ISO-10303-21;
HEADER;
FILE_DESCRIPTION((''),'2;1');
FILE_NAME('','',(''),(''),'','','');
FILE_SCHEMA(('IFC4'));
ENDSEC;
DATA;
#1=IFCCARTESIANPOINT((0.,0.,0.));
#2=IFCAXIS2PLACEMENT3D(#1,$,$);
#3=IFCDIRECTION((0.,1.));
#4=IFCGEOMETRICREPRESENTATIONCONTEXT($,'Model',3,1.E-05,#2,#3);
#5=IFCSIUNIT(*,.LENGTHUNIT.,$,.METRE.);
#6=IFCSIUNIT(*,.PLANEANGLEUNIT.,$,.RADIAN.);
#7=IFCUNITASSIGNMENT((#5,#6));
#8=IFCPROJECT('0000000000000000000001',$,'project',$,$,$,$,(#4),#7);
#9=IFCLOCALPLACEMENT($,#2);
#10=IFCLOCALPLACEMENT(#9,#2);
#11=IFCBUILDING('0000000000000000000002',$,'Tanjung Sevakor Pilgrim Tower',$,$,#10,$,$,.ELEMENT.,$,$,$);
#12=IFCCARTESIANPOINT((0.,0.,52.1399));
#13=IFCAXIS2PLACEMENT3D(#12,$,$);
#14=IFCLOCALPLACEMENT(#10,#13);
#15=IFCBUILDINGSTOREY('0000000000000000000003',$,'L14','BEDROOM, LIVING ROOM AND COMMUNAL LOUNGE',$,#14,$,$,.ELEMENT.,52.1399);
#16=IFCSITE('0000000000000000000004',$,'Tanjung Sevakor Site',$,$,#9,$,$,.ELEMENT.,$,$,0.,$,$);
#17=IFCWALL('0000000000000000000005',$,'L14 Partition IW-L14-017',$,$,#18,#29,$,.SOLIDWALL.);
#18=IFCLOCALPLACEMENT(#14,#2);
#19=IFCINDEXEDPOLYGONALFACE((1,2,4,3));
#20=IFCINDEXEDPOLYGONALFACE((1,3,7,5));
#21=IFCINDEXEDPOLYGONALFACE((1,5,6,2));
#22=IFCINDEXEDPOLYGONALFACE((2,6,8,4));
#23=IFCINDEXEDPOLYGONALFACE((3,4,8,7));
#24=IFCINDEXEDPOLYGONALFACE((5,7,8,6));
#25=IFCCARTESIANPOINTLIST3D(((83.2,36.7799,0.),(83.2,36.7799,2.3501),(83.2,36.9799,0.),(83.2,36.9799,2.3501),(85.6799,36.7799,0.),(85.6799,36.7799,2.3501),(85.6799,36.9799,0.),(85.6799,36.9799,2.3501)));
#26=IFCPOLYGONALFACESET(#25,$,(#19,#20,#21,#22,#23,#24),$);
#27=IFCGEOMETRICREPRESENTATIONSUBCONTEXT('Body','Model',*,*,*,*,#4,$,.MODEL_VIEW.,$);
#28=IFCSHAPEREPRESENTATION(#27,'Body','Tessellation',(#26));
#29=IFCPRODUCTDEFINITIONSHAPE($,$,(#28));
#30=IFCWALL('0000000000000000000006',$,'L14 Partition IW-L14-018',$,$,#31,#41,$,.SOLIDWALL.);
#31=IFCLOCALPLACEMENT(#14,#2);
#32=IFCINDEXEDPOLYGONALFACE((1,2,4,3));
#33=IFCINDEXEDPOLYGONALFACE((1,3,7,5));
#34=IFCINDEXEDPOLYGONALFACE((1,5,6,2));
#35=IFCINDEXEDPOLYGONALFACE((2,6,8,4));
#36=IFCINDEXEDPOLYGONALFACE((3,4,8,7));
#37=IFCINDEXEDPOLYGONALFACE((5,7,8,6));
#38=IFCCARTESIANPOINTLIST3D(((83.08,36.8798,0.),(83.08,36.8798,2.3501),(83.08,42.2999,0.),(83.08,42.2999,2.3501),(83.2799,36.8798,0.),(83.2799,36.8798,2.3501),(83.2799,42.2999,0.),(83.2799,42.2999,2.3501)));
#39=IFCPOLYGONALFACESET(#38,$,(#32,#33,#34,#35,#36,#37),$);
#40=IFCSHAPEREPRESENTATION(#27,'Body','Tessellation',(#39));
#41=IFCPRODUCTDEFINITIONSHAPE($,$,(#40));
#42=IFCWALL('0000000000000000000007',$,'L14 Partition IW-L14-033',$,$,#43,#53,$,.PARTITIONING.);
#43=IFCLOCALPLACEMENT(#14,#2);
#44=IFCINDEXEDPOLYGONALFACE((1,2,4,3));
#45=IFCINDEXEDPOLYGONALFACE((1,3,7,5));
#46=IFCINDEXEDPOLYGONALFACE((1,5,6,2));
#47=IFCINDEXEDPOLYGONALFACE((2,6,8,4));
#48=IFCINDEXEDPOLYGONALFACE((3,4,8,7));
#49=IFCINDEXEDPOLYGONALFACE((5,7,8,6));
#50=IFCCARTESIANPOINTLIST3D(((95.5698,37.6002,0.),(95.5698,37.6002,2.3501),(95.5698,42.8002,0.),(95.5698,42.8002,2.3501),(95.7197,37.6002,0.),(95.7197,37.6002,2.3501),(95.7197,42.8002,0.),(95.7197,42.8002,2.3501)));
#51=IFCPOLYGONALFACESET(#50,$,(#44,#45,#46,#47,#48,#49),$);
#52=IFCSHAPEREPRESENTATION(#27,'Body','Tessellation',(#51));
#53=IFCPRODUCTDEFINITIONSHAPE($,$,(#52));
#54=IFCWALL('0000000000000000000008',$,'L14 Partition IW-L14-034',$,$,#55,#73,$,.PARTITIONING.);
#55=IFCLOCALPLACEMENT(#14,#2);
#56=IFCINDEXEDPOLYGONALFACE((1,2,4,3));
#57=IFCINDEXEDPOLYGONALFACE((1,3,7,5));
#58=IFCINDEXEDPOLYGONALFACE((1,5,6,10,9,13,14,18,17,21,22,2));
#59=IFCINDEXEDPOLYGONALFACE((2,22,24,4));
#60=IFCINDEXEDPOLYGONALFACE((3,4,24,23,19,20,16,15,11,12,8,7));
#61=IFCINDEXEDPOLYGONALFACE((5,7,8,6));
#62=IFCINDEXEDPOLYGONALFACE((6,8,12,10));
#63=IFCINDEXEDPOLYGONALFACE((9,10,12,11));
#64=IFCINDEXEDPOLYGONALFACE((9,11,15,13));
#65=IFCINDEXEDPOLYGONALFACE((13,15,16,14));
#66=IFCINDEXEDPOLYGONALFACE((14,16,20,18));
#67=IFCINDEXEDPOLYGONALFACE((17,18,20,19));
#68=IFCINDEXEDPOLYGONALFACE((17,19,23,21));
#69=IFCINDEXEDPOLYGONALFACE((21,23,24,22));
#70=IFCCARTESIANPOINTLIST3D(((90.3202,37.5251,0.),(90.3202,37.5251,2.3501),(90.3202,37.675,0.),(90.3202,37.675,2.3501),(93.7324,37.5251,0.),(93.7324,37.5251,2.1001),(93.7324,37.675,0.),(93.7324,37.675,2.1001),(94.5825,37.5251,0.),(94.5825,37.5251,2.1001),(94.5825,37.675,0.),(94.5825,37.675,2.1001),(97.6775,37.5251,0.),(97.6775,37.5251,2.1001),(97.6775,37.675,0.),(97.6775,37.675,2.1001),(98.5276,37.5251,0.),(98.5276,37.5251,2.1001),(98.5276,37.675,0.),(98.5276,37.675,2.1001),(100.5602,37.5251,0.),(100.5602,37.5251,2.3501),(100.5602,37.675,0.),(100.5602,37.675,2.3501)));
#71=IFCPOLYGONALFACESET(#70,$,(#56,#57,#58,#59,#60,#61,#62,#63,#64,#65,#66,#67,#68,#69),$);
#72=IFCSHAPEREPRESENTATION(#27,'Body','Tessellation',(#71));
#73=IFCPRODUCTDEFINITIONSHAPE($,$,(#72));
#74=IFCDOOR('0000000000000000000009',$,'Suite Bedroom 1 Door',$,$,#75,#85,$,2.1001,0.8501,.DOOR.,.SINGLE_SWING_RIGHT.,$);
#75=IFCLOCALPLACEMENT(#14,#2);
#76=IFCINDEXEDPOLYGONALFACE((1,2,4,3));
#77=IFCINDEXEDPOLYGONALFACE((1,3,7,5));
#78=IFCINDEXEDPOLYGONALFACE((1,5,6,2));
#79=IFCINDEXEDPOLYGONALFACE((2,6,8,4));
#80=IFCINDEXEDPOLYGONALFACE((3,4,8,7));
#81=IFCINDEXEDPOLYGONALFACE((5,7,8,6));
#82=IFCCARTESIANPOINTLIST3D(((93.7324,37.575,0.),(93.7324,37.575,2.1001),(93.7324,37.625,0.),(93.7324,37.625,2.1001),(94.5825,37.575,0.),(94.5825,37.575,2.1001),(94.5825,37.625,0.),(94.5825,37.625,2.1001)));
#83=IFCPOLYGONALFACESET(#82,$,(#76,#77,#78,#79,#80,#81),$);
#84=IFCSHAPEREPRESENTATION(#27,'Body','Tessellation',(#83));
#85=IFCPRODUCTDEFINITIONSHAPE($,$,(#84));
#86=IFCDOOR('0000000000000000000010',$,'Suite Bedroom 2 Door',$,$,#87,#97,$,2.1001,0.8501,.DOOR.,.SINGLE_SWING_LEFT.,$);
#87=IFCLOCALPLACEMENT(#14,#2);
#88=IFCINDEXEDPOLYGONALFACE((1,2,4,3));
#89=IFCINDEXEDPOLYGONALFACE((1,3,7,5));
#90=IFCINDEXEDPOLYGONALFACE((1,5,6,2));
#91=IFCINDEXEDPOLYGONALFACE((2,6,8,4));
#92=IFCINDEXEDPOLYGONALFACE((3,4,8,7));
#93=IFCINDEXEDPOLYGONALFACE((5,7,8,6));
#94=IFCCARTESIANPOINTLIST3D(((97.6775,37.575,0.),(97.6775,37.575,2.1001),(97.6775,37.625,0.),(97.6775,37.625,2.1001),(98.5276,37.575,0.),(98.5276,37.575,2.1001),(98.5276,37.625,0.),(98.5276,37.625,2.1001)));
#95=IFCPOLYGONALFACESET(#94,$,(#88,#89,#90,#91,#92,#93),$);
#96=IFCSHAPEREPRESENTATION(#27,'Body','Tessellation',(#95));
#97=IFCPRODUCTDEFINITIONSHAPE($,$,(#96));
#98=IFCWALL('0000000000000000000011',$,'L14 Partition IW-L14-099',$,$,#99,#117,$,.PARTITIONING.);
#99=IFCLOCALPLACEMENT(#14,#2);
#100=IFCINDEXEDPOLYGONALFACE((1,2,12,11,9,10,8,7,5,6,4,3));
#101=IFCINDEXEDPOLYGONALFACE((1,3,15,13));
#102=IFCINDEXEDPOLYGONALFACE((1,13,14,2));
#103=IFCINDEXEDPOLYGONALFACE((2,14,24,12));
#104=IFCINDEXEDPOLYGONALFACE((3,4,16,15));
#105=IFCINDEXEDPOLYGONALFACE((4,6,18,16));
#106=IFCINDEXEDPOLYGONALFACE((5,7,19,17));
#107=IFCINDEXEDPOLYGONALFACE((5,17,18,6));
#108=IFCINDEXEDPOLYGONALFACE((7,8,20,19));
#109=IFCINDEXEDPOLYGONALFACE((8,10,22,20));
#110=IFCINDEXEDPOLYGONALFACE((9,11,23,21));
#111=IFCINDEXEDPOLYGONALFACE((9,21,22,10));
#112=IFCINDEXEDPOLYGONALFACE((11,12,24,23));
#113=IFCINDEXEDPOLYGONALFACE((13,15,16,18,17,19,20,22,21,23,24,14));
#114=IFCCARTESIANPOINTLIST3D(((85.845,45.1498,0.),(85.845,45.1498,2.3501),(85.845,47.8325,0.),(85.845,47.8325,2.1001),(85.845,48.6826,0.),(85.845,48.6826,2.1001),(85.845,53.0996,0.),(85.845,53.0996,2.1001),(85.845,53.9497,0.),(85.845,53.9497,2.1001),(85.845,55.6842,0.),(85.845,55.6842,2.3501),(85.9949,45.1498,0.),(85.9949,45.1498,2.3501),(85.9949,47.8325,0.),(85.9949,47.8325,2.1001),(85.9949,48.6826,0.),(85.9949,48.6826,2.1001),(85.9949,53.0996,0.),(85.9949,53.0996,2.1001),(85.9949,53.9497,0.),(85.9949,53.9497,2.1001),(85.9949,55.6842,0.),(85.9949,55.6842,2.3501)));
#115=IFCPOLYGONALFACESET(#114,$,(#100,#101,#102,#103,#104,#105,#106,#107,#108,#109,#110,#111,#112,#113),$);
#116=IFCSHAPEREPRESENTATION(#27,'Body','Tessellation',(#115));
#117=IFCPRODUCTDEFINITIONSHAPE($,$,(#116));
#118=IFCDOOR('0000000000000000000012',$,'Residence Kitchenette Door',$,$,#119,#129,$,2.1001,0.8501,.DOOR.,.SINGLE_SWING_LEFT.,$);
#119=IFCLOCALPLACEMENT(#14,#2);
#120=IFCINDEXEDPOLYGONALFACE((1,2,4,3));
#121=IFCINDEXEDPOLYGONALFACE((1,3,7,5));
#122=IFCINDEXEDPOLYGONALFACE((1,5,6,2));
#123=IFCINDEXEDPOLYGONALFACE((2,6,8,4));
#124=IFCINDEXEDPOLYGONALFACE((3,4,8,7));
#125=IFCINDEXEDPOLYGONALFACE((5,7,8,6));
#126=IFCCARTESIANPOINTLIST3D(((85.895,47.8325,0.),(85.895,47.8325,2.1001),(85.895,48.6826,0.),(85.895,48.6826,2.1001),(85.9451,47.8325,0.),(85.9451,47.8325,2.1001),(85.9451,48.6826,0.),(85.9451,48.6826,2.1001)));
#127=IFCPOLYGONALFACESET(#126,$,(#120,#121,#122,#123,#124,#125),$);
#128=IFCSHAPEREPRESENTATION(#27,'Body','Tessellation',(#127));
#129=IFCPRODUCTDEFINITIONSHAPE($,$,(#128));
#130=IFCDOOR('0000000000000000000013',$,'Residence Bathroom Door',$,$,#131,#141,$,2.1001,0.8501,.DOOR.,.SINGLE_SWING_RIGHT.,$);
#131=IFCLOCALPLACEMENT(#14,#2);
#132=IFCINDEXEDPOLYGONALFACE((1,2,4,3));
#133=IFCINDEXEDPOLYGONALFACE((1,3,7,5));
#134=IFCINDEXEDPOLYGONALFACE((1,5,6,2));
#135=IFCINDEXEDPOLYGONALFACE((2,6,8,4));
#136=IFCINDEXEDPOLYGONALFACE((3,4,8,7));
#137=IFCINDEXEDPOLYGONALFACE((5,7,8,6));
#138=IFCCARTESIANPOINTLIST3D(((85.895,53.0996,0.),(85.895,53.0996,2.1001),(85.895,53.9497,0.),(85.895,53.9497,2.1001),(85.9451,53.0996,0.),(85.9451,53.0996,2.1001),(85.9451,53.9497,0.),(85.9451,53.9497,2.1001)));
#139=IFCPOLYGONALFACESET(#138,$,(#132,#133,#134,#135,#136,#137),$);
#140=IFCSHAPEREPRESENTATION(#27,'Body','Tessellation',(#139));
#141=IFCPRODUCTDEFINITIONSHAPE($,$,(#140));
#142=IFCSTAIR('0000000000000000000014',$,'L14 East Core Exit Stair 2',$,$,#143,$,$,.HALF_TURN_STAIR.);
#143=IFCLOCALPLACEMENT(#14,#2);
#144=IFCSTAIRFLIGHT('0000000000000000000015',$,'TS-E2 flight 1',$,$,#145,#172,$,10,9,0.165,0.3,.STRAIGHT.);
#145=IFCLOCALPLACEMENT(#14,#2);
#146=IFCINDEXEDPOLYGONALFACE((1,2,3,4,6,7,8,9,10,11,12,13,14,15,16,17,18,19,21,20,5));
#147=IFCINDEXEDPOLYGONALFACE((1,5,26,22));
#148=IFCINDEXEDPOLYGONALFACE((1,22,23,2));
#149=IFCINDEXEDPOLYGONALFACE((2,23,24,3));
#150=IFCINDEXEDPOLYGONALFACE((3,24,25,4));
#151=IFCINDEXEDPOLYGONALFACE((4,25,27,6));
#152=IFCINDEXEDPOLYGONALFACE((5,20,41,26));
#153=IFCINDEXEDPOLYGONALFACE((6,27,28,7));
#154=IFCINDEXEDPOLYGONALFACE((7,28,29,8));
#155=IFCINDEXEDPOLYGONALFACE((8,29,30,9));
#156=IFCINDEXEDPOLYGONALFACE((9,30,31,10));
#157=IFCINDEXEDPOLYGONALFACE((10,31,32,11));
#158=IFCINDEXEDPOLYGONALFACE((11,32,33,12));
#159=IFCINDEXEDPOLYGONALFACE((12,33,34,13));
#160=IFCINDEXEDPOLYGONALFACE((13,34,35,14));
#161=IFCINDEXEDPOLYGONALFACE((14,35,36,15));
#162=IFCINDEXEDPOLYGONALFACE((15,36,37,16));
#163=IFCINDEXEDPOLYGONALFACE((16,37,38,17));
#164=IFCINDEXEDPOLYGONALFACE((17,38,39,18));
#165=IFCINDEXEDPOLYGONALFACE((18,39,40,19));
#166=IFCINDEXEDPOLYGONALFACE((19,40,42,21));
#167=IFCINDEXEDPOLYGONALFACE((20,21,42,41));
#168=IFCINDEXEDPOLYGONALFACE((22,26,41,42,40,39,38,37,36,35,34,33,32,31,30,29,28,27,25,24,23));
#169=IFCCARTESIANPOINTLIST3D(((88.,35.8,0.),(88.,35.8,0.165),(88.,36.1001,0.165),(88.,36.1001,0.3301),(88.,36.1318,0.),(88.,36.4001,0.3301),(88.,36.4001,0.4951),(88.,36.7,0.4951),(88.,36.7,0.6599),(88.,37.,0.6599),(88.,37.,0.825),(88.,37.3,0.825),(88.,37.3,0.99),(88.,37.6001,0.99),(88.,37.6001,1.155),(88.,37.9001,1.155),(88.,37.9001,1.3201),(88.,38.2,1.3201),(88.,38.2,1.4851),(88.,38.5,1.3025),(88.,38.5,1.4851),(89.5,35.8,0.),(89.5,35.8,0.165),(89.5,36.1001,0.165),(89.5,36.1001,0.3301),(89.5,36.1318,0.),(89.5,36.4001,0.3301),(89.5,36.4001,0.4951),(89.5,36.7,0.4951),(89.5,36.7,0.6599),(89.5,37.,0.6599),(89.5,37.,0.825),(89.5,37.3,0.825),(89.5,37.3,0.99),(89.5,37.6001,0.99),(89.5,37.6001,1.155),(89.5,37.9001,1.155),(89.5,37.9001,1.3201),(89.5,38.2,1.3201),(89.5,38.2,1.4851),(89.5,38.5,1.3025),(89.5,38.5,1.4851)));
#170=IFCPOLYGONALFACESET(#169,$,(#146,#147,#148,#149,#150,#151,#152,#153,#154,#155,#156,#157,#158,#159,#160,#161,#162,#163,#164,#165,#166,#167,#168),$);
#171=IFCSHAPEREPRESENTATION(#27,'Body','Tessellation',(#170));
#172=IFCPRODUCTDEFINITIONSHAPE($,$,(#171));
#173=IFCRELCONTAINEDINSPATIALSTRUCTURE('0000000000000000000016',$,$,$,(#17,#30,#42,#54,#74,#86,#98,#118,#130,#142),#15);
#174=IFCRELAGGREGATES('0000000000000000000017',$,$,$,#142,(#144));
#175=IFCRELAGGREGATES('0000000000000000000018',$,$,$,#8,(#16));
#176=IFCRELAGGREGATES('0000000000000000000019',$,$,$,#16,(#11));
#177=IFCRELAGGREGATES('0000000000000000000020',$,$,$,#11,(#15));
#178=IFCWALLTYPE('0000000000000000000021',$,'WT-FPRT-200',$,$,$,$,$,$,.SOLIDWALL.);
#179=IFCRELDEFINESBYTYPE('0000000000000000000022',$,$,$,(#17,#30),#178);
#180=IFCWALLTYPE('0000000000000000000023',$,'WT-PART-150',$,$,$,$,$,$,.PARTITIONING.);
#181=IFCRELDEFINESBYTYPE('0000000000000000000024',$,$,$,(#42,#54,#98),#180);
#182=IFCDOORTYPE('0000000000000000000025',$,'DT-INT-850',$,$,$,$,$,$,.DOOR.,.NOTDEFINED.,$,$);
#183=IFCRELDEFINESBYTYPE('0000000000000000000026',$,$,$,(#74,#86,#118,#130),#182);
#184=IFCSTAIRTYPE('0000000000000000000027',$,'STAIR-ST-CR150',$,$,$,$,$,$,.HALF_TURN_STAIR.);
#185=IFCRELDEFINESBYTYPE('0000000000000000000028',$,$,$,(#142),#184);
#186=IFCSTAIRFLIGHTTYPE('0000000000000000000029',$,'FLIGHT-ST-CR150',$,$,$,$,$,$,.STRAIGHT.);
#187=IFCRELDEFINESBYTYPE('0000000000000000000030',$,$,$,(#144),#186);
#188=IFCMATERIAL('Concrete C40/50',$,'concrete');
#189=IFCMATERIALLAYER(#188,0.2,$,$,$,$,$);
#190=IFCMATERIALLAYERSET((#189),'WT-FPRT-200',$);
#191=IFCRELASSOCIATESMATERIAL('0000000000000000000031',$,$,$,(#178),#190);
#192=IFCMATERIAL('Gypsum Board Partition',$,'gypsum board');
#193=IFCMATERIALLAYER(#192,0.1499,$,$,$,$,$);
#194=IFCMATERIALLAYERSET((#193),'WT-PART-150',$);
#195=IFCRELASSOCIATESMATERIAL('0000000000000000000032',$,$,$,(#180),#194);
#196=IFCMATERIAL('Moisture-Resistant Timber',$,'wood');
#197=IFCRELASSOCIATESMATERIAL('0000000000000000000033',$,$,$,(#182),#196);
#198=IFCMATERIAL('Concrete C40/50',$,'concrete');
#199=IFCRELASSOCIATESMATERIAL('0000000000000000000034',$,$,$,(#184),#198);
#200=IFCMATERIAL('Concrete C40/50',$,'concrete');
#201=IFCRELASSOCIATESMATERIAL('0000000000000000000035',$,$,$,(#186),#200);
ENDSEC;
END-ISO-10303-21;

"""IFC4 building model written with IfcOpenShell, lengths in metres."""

from ifc_helpers import new_model, si_unit, direction, frame, frame_2d, origin, place, context, subcontext, project, spatial, polyline, rectangle, outline, extrude, material, layer, layer_set, type_object, element, fill, aggregate, save


model = new_model("IFC4")

# Units and contexts
model_context = context("Model", 3, precision=1e-05, world=origin(), true_north=direction((0.0, 1.0)))
body_context = subcontext(model_context, "Body", "Model", "MODEL_VIEW")
ifc_project = project(units=[si_unit("LENGTHUNIT", "METRE"), si_unit("PLANEANGLEUNIT", "RADIAN")], contexts=[model_context])

# Site, building, storey
site_placement = place(None, origin())
site = spatial("IfcSite", under=ifc_project, at=site_placement, Name="Tanjung Sevakor Site", CompositionType="ELEMENT", RefElevation=0.0)
building_placement = place(site_placement, origin())
building = spatial("IfcBuilding", under=site, at=building_placement, Name="Tanjung Sevakor Pilgrim Tower", CompositionType="ELEMENT")
storey_placement = place(building_placement, frame((0.0, 0.0, 52.1399)))
storey = spatial("IfcBuildingStorey", under=building, at=storey_placement, Name="L14", Description="BEDROOM, LIVING ROOM AND COMMUNAL LOUNGE", CompositionType="ELEMENT", Elevation=52.1399)

# Walls
ifc_material_1 = material(Name="Concrete C40/50", Category="concrete")
ifc_layer_1 = layer(ifc_material_1, 0.2)
ifc_layer_set_1 = layer_set([ifc_layer_1], Name="WT-FPRT-200")
wall_type_1 = type_object("IfcWallType", Name="WT-FPRT-200", PredefinedType="SOLIDWALL", material=ifc_layer_set_1)
for number, where, z_axis, x_axis, name in (
    (1, (83.2, 36.8799, 0.0), (0.0, 0.0, 1.0), (1.0, 0.0, 0.0), "L14 Partition IW-L14-017"),
):
    element("IfcWall", number, at=place(storey_placement, frame(where, z_axis=z_axis, x_axis=x_axis)), inside=storey, type_object=wall_type_1, Name=name, PredefinedType="SOLIDWALL", context=body_context, shape_type="SweptSolid", body=[
        extrude(rectangle(XDim=2.48, YDim=0.2, at=frame_2d((1.24, 0.0))), origin(), (0.0, 0.0, 1.0), 2.3501),
    ])
wall_1_placement = place(storey_placement, frame((83.1799, 36.8799, 0.0), z_axis=(0.0, 0.0, 1.0), x_axis=(0.0, 1.0, 0.0)))
element("IfcWall", 2, at=wall_1_placement, inside=storey, type_object=wall_type_1, Name="L14 Partition IW-L14-018", PredefinedType="SOLIDWALL", context=body_context, shape_type="SweptSolid", body=[
    extrude(rectangle(XDim=5.4202, YDim=0.2, at=frame_2d((2.71, 0.0))), origin(), (0.0, 0.0, 1.0), 2.3501),
])
ifc_material_2 = material(Name="Gypsum Board Partition", Category="gypsum board")
ifc_layer_2 = layer(ifc_material_2, 0.1499)
ifc_layer_set_2 = layer_set([ifc_layer_2], Name="WT-PART-150")
wall_type_2 = type_object("IfcWallType", Name="WT-PART-150", PredefinedType="PARTITIONING", material=ifc_layer_set_2)
wall_2_placement = place(storey_placement, frame((95.6448, 37.6001, 0.0), z_axis=(0.0, 0.0, 1.0), x_axis=(0.0, 1.0, 0.0)))
element("IfcWall", 3, at=wall_2_placement, inside=storey, type_object=wall_type_2, Name="L14 Partition IW-L14-033", PredefinedType="PARTITIONING", context=body_context, shape_type="SweptSolid", body=[
    extrude(rectangle(XDim=5.2, YDim=0.1499, at=frame_2d((2.6001, 0.0))), origin(), (0.0, 0.0, 1.0), 2.3501),
])

# Walls, openings, doors
wall_3_placement = place(storey_placement, frame((90.3201, 37.6001, 0.0), z_axis=(0.0, 0.0, 1.0), x_axis=(1.0, 0.0, 0.0)))
wall_3 = element("IfcWall", 4, at=wall_3_placement, inside=storey, type_object=wall_type_2, Name="L14 Partition IW-L14-034", PredefinedType="PARTITIONING", context=body_context, shape_type="SweptSolid", body=[
    extrude(rectangle(XDim=10.24, YDim=0.1499, at=frame_2d((5.1201, 0.0))), origin(), (0.0, 0.0, 1.0), 2.3501),
])
opening_1_placement = place(wall_3_placement, frame((3.4124, 0.0, 0.0)))
opening_1 = element("IfcOpeningElement", 5, at=opening_1_placement, cuts=wall_3, PredefinedType="OPENING", context=body_context, shape_type="SweptSolid", body=[
    extrude(rectangle(XDim=0.8501, YDim=2.1001, at=frame_2d((0.425, 1.05))), frame((0.0, 0.085, 0.0), z_axis=(0.0, -1.0, 0.0), x_axis=(1.0, 0.0, 0.0)), (0.0, 0.0, 1.0), 0.1699),
])
opening_2_placement = place(wall_3_placement, frame((7.3574, 0.0, 0.0)))
opening_2 = element("IfcOpeningElement", 6, at=opening_2_placement, cuts=wall_3, PredefinedType="OPENING", context=body_context, shape_type="SweptSolid", body=[
    extrude(rectangle(XDim=0.8501, YDim=2.1001, at=frame_2d((0.425, 1.05))), frame((0.0, 0.085, 0.0), z_axis=(0.0, -1.0, 0.0), x_axis=(1.0, 0.0, 0.0)), (0.0, 0.0, 1.0), 0.1699),
])
ifc_material_3 = material(Name="Moisture-Resistant Timber", Category="wood")
door_type_1 = type_object("IfcDoorType", Name="DT-INT-850", OperationType="NOTDEFINED", PredefinedType="DOOR", material=ifc_material_3)
door_1_placement = place(opening_1_placement, origin())
door_1 = element("IfcDoor", 7, at=door_1_placement, inside=storey, type_object=door_type_1, Name="Suite Bedroom 1 Door", OperationType="SINGLE_SWING_RIGHT", OverallHeight=2.1001, OverallWidth=0.8501, PredefinedType="DOOR", context=body_context, shape_type="SweptSolid", body=[
    extrude(rectangle(XDim=0.8501, YDim=2.1001, at=frame_2d((0.425, 1.05))), frame((0.0, 0.0249, 0.0), z_axis=(0.0, -1.0, 0.0), x_axis=(1.0, 0.0, 0.0)), (0.0, 0.0, 1.0), 0.05),
])
fill(opening_1, door_1)
door_2_placement = place(opening_2_placement, origin())
door_2 = element("IfcDoor", 8, at=door_2_placement, inside=storey, type_object=door_type_1, Name="Suite Bedroom 2 Door", OperationType="SINGLE_SWING_LEFT", OverallHeight=2.1001, OverallWidth=0.8501, PredefinedType="DOOR", context=body_context, shape_type="SweptSolid", body=[
    extrude(rectangle(XDim=0.8501, YDim=2.1001, at=frame_2d((0.425, 1.05))), frame((0.0, 0.0249, 0.0), z_axis=(0.0, -1.0, 0.0), x_axis=(1.0, 0.0, 0.0)), (0.0, 0.0, 1.0), 0.05),
])
fill(opening_2, door_2)
wall_4_placement = place(storey_placement, frame((85.9199, 45.1499, 0.0), z_axis=(0.0, 0.0, 1.0), x_axis=(0.0, 1.0, 0.0)))
wall_4 = element("IfcWall", 9, at=wall_4_placement, inside=storey, type_object=wall_type_2, Name="L14 Partition IW-L14-099", PredefinedType="PARTITIONING", context=body_context, shape_type="SweptSolid", body=[
    extrude(rectangle(XDim=10.5344, YDim=0.1499, at=frame_2d((5.2671, 0.0))), origin(), (0.0, 0.0, 1.0), 2.3501),
])
opening_3_placement = place(wall_4_placement, frame((2.6826, 0.0, 0.0)))
opening_3 = element("IfcOpeningElement", 10, at=opening_3_placement, cuts=wall_4, PredefinedType="OPENING", context=body_context, shape_type="SweptSolid", body=[
    extrude(rectangle(XDim=0.8501, YDim=2.1001, at=frame_2d((0.425, 1.05))), frame((0.0, 0.085, 0.0), z_axis=(0.0, -1.0, 0.0), x_axis=(1.0, 0.0, 0.0)), (0.0, 0.0, 1.0), 0.1699),
])
opening_4_placement = place(wall_4_placement, frame((7.9497, 0.0, 0.0)))
opening_4 = element("IfcOpeningElement", 11, at=opening_4_placement, cuts=wall_4, PredefinedType="OPENING", context=body_context, shape_type="SweptSolid", body=[
    extrude(rectangle(XDim=0.8501, YDim=2.1001, at=frame_2d((0.425, 1.05))), frame((0.0, 0.085, 0.0), z_axis=(0.0, -1.0, 0.0), x_axis=(1.0, 0.0, 0.0)), (0.0, 0.0, 1.0), 0.1699),
])
door_3_placement = place(opening_3_placement, origin())
door_3 = element("IfcDoor", 12, at=door_3_placement, inside=storey, type_object=door_type_1, Name="Residence Kitchenette Door", OperationType="SINGLE_SWING_LEFT", OverallHeight=2.1001, OverallWidth=0.8501, PredefinedType="DOOR", context=body_context, shape_type="SweptSolid", body=[
    extrude(rectangle(XDim=0.8501, YDim=2.1001, at=frame_2d((0.425, 1.05))), frame((0.0, 0.0249, 0.0), z_axis=(0.0, -1.0, 0.0), x_axis=(1.0, 0.0, 0.0)), (0.0, 0.0, 1.0), 0.05),
])
fill(opening_3, door_3)
door_4_placement = place(opening_4_placement, origin())
door_4 = element("IfcDoor", 13, at=door_4_placement, inside=storey, type_object=door_type_1, Name="Residence Bathroom Door", OperationType="SINGLE_SWING_RIGHT", OverallHeight=2.1001, OverallWidth=0.8501, PredefinedType="DOOR", context=body_context, shape_type="SweptSolid", body=[
    extrude(rectangle(XDim=0.8501, YDim=2.1001, at=frame_2d((0.425, 1.05))), frame((0.0, 0.0249, 0.0), z_axis=(0.0, -1.0, 0.0), x_axis=(1.0, 0.0, 0.0)), (0.0, 0.0, 1.0), 0.05),
])
fill(opening_4, door_4)

# Stair, stair flight
ifc_material_4 = material(Name="Concrete C40/50", Category="concrete")
stair_type = type_object("IfcStairType", Name="STAIR-ST-CR150", PredefinedType="HALF_TURN_STAIR", material=ifc_material_4)
stair_placement = place(storey_placement, origin())
stair = element("IfcStair", 14, at=stair_placement, inside=storey, type_object=stair_type, Name="L14 East Core Exit Stair 2", PredefinedType="HALF_TURN_STAIR")
ifc_material_5 = material(Name="Concrete C40/50", Category="concrete")
stair_flight_type = type_object("IfcStairFlightType", Name="FLIGHT-ST-CR150", PredefinedType="STRAIGHT", material=ifc_material_5)
stair_flight_1_placement = place(storey_placement, frame((88.75, 35.8, 0.0), z_axis=(0.0, 0.0, 1.0), x_axis=(0.0, 1.0, 0.0)))
stair_flight_1 = element("IfcStairFlight", 15, at=stair_flight_1_placement, type_object=stair_flight_type, Name="TS-E2 flight 1", NumberOfRisers=10, NumberOfTreads=9, PredefinedType="STRAIGHT", RiserHeight=0.165, TreadLength=0.3, context=body_context, shape_type="SweptSolid", body=[
    extrude(outline(polyline([(0.0, 0.0), (0.0, 0.165), (0.3, 0.165), (0.3, 0.3301), (0.6001, 0.3301), (0.6001, 0.4951), (0.8999, 0.4951), (0.8999, 0.6599), (1.2, 0.6599), (1.2, 0.825), (1.5, 0.825), (1.5, 0.99), (1.8, 0.99), (1.8, 1.155), (2.1001, 1.155), (2.1001, 1.3201), (2.3999, 1.3201), (2.3999, 1.4851), (2.7, 1.4851), (2.7, 1.6499), (2.7, 1.3025), (0.3318, 0.0), (0.0, 0.0)])), frame((0.0, 0.75, 0.0), z_axis=(0.0, -1.0, 0.0), x_axis=(1.0, 0.0, 0.0)), (0.0, 0.0, 1.0), 1.5),
])
aggregate(stair, [stair_flight_1])

save(model, "model.ifc")
